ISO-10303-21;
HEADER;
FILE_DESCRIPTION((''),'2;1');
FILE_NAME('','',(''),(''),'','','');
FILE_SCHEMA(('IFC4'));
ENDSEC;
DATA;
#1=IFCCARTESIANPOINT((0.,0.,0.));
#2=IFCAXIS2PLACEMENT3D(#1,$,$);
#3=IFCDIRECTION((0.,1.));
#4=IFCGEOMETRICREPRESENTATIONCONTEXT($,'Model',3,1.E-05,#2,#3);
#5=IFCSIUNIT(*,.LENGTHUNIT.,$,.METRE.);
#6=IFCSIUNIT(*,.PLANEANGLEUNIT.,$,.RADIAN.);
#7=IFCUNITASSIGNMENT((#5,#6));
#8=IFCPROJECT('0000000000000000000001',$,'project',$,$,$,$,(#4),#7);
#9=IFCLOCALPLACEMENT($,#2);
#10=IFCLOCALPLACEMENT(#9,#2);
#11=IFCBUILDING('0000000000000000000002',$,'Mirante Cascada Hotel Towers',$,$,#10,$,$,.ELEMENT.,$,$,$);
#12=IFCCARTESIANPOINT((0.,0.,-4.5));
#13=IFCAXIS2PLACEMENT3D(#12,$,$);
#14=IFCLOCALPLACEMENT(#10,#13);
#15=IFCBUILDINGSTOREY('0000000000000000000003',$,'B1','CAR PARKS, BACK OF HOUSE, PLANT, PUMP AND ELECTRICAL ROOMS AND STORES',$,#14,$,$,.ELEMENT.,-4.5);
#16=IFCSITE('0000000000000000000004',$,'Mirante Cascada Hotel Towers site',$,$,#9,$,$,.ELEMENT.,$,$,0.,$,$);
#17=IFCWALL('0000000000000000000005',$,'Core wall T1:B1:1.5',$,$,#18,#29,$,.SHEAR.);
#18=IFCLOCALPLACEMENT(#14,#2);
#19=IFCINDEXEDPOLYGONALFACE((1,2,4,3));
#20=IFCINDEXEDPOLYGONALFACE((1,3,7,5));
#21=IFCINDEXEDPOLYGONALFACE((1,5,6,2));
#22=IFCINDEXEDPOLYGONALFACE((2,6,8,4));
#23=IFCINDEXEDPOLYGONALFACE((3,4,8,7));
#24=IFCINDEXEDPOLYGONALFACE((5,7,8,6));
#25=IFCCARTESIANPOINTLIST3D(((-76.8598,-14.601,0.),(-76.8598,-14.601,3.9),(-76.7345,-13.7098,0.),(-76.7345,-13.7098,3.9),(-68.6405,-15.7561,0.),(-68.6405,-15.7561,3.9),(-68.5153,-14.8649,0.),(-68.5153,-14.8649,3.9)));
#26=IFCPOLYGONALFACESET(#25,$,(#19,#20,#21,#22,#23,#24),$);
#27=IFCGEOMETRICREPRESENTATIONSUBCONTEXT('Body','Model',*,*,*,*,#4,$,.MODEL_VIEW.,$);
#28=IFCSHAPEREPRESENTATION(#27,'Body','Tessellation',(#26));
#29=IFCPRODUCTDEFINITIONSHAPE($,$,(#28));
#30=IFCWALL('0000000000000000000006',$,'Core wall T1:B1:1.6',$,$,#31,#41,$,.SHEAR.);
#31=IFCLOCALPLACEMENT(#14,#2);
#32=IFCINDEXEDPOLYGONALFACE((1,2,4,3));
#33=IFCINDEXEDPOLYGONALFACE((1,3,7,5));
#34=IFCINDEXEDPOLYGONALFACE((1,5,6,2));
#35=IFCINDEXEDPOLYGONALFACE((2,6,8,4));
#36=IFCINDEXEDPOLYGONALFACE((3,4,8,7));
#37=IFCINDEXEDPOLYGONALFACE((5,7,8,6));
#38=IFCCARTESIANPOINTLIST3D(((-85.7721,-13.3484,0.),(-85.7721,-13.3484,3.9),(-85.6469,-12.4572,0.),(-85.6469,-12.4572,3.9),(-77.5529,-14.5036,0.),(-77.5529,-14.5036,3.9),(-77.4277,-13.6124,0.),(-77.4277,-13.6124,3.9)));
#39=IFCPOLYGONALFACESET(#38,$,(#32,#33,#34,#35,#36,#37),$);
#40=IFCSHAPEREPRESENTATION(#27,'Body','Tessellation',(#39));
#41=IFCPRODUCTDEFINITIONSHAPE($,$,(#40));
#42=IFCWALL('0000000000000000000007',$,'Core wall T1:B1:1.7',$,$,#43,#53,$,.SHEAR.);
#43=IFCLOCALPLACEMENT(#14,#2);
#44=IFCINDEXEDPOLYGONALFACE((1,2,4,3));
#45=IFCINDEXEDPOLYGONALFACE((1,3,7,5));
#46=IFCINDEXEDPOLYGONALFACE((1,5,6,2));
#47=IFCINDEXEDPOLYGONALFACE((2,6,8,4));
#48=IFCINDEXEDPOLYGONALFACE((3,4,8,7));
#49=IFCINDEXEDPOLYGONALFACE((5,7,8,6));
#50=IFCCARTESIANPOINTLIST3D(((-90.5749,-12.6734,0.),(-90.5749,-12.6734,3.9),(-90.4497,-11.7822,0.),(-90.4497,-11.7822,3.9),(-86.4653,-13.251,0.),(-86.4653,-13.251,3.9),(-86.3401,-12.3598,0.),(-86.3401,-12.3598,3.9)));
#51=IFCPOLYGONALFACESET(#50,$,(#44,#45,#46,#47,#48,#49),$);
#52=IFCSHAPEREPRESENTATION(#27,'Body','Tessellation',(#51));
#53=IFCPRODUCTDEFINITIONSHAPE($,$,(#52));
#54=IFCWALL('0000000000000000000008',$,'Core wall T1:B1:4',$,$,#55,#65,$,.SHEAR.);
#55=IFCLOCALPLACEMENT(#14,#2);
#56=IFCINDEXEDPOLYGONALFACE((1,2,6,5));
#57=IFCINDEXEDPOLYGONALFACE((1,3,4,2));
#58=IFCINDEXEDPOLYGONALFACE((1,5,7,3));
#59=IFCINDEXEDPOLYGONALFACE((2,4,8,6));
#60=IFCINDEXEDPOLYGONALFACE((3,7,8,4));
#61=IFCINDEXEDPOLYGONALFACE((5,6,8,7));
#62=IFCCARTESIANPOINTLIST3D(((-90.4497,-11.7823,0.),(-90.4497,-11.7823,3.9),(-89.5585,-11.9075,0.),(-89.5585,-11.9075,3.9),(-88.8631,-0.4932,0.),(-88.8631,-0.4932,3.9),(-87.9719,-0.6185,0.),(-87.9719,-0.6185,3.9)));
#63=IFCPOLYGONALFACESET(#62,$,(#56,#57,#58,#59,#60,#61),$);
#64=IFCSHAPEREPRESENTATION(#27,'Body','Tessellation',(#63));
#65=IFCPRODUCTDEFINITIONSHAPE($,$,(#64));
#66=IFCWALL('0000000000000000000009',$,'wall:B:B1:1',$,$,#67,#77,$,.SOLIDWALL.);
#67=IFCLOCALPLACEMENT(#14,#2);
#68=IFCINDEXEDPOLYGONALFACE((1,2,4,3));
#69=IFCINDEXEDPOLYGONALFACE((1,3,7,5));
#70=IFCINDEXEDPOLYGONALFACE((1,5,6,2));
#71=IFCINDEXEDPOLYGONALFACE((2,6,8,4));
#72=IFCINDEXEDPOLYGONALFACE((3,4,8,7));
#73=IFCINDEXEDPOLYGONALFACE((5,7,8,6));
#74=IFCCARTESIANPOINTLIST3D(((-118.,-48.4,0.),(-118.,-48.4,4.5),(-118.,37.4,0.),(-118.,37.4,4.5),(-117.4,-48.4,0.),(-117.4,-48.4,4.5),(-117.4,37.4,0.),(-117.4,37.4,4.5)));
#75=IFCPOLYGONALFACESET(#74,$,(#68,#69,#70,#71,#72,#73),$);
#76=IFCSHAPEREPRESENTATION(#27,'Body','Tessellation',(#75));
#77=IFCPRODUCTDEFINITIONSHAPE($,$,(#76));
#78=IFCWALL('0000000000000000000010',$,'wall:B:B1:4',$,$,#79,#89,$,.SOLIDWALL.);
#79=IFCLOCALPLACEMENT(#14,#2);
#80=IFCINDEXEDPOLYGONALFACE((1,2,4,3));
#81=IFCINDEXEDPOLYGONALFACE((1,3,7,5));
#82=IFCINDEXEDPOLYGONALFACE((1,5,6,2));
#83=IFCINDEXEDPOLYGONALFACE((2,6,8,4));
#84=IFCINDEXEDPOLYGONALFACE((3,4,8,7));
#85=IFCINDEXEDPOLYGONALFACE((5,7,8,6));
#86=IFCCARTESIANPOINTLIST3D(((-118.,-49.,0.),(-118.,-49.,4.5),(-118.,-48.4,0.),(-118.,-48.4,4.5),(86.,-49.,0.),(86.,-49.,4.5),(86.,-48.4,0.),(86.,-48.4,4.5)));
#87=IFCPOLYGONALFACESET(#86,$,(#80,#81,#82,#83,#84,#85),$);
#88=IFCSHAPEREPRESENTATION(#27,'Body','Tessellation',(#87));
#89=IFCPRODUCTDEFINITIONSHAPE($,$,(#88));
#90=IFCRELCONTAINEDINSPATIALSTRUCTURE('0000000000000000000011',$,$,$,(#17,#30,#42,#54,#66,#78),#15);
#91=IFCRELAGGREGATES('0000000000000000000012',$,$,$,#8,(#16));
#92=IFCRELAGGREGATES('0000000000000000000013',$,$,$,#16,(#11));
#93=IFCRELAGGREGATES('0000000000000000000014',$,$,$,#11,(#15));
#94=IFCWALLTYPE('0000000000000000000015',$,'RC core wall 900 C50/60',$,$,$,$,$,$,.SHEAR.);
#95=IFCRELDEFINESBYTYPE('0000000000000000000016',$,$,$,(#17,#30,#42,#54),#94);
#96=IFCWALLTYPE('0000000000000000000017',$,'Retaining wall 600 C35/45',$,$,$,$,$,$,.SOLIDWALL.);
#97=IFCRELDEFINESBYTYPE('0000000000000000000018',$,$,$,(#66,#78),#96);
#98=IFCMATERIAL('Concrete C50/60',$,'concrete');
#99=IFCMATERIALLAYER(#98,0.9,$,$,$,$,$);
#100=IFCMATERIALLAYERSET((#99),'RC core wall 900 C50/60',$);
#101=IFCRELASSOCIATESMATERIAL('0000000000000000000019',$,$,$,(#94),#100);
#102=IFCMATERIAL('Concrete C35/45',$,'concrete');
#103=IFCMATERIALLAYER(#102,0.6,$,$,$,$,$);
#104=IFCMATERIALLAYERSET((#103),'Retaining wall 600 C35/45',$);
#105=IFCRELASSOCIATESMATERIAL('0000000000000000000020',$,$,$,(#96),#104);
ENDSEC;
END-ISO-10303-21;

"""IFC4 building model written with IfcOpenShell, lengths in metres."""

from ifc_helpers import new_model, si_unit, direction, frame, frame_2d, origin, place, context, subcontext, project, spatial, rectangle, extrude, material, layer, layer_set, type_object, element, save


model = new_model("IFC4")

# Units and contexts
model_context = context("Model", 3, precision=1e-05, world=origin(), true_north=direction((0.0, 1.0)))
body_context = subcontext(model_context, "Body", "Model", "MODEL_VIEW")
ifc_project = project(units=[si_unit("LENGTHUNIT", "METRE"), si_unit("PLANEANGLEUNIT", "RADIAN")], contexts=[model_context])

# Site, building, storey
site_placement = place(None, origin())
site = spatial("IfcSite", under=ifc_project, at=site_placement, Name="Mirante Cascada Hotel Towers site", CompositionType="ELEMENT", RefElevation=0.0)
building_placement = place(site_placement, origin())
building = spatial("IfcBuilding", under=site, at=building_placement, Name="Mirante Cascada Hotel Towers", CompositionType="ELEMENT")
storey_placement = place(building_placement, frame((0.0, 0.0, -4.5)))
storey = spatial("IfcBuildingStorey", under=building, at=storey_placement, Name="B1", Description="CAR PARKS, BACK OF HOUSE, PLANT, PUMP AND ELECTRICAL ROOMS AND STORES", CompositionType="ELEMENT", Elevation=-4.5)

# Walls
ifc_material_1 = material(Name="Concrete C50/60", Category="concrete")
ifc_layer_1 = layer(ifc_material_1, 0.9)
ifc_layer_set_1 = layer_set([ifc_layer_1], Name="RC core wall 900 C50/60")
wall_type_1 = type_object("IfcWallType", Name="RC core wall 900 C50/60", PredefinedType="SHEAR", material=ifc_layer_set_1)
for number, where, z_axis, x_axis, name in (
    (1, (-68.5779, -15.3105, 0.0), (0.0, 0.0, 1.0), (-0.990269, 0.139169, 0.0), "Core wall T1:B1:1.5"),
    (2, (-77.4903, -14.058, 0.0), (0.0, 0.0, 1.0), (-0.990267, 0.139181, 0.0), "Core wall T1:B1:1.6"),
):
    element("IfcWall", number, at=place(storey_placement, frame(where, z_axis=z_axis, x_axis=x_axis)), inside=storey, type_object=wall_type_1, Name=name, PredefinedType="SHEAR", context=body_context, shape_type="SweptSolid", body=[
        extrude(rectangle(XDim=8.3, YDim=0.9, at=frame_2d((4.15, 0.0))), origin(), (0.0, 0.0, 1.0), 3.9),
    ])
wall_1_placement = place(storey_placement, frame((-86.4027, -12.8054, 0.0), z_axis=(0.0, 0.0, 1.0), x_axis=(-0.990267, 0.139181, 0.0)))
element("IfcWall", 3, at=wall_1_placement, inside=storey, type_object=wall_type_1, Name="Core wall T1:B1:1.7", PredefinedType="SHEAR", context=body_context, shape_type="SweptSolid", body=[
    extrude(rectangle(XDim=4.15, YDim=0.9, at=frame_2d((2.075, 0.0))), origin(), (0.0, 0.0, 1.0), 3.9),
])
wall_2_placement = place(storey_placement, frame((-90.0041, -11.8449, 0.0), z_axis=(0.0, 0.0, 1.0), x_axis=(0.139175, 0.990268, 0.0)))
element("IfcWall", 4, at=wall_2_placement, inside=storey, type_object=wall_type_1, Name="Core wall T1:B1:4", PredefinedType="SHEAR", context=body_context, shape_type="SweptSolid", body=[
    extrude(rectangle(XDim=11.4, YDim=0.9, at=frame_2d((5.7, 0.0))), origin(), (0.0, 0.0, 1.0), 3.9),
])
ifc_material_2 = material(Name="Concrete C35/45", Category="concrete")
ifc_layer_2 = layer(ifc_material_2, 0.6)
ifc_layer_set_2 = layer_set([ifc_layer_2], Name="Retaining wall 600 C35/45")
wall_type_2 = type_object("IfcWallType", Name="Retaining wall 600 C35/45", PredefinedType="SOLIDWALL", material=ifc_layer_set_2)
wall_3_placement = place(storey_placement, frame((-117.7, -48.4, 0.0), z_axis=(0.0, 0.0, 1.0), x_axis=(0.0, 1.0, 0.0)))
element("IfcWall", 5, at=wall_3_placement, inside=storey, type_object=wall_type_2, Name="wall:B:B1:1", PredefinedType="SOLIDWALL", context=body_context, shape_type="SweptSolid", body=[
    extrude(rectangle(XDim=85.8, YDim=0.6, at=frame_2d((42.9, 0.0))), origin(), (0.0, 0.0, 1.0), 4.5),
])
wall_4_placement = place(storey_placement, frame((-118.0, -48.7, 0.0), z_axis=(0.0, 0.0, 1.0), x_axis=(1.0, 0.0, 0.0)))
element("IfcWall", 6, at=wall_4_placement, inside=storey, type_object=wall_type_2, Name="wall:B:B1:4", PredefinedType="SOLIDWALL", context=body_context, shape_type="SweptSolid", body=[
    extrude(rectangle(XDim=204.0, YDim=0.6, at=frame_2d((102.0, 0.0))), origin(), (0.0, 0.0, 1.0), 4.5),
])

save(model, "model.ifc")
